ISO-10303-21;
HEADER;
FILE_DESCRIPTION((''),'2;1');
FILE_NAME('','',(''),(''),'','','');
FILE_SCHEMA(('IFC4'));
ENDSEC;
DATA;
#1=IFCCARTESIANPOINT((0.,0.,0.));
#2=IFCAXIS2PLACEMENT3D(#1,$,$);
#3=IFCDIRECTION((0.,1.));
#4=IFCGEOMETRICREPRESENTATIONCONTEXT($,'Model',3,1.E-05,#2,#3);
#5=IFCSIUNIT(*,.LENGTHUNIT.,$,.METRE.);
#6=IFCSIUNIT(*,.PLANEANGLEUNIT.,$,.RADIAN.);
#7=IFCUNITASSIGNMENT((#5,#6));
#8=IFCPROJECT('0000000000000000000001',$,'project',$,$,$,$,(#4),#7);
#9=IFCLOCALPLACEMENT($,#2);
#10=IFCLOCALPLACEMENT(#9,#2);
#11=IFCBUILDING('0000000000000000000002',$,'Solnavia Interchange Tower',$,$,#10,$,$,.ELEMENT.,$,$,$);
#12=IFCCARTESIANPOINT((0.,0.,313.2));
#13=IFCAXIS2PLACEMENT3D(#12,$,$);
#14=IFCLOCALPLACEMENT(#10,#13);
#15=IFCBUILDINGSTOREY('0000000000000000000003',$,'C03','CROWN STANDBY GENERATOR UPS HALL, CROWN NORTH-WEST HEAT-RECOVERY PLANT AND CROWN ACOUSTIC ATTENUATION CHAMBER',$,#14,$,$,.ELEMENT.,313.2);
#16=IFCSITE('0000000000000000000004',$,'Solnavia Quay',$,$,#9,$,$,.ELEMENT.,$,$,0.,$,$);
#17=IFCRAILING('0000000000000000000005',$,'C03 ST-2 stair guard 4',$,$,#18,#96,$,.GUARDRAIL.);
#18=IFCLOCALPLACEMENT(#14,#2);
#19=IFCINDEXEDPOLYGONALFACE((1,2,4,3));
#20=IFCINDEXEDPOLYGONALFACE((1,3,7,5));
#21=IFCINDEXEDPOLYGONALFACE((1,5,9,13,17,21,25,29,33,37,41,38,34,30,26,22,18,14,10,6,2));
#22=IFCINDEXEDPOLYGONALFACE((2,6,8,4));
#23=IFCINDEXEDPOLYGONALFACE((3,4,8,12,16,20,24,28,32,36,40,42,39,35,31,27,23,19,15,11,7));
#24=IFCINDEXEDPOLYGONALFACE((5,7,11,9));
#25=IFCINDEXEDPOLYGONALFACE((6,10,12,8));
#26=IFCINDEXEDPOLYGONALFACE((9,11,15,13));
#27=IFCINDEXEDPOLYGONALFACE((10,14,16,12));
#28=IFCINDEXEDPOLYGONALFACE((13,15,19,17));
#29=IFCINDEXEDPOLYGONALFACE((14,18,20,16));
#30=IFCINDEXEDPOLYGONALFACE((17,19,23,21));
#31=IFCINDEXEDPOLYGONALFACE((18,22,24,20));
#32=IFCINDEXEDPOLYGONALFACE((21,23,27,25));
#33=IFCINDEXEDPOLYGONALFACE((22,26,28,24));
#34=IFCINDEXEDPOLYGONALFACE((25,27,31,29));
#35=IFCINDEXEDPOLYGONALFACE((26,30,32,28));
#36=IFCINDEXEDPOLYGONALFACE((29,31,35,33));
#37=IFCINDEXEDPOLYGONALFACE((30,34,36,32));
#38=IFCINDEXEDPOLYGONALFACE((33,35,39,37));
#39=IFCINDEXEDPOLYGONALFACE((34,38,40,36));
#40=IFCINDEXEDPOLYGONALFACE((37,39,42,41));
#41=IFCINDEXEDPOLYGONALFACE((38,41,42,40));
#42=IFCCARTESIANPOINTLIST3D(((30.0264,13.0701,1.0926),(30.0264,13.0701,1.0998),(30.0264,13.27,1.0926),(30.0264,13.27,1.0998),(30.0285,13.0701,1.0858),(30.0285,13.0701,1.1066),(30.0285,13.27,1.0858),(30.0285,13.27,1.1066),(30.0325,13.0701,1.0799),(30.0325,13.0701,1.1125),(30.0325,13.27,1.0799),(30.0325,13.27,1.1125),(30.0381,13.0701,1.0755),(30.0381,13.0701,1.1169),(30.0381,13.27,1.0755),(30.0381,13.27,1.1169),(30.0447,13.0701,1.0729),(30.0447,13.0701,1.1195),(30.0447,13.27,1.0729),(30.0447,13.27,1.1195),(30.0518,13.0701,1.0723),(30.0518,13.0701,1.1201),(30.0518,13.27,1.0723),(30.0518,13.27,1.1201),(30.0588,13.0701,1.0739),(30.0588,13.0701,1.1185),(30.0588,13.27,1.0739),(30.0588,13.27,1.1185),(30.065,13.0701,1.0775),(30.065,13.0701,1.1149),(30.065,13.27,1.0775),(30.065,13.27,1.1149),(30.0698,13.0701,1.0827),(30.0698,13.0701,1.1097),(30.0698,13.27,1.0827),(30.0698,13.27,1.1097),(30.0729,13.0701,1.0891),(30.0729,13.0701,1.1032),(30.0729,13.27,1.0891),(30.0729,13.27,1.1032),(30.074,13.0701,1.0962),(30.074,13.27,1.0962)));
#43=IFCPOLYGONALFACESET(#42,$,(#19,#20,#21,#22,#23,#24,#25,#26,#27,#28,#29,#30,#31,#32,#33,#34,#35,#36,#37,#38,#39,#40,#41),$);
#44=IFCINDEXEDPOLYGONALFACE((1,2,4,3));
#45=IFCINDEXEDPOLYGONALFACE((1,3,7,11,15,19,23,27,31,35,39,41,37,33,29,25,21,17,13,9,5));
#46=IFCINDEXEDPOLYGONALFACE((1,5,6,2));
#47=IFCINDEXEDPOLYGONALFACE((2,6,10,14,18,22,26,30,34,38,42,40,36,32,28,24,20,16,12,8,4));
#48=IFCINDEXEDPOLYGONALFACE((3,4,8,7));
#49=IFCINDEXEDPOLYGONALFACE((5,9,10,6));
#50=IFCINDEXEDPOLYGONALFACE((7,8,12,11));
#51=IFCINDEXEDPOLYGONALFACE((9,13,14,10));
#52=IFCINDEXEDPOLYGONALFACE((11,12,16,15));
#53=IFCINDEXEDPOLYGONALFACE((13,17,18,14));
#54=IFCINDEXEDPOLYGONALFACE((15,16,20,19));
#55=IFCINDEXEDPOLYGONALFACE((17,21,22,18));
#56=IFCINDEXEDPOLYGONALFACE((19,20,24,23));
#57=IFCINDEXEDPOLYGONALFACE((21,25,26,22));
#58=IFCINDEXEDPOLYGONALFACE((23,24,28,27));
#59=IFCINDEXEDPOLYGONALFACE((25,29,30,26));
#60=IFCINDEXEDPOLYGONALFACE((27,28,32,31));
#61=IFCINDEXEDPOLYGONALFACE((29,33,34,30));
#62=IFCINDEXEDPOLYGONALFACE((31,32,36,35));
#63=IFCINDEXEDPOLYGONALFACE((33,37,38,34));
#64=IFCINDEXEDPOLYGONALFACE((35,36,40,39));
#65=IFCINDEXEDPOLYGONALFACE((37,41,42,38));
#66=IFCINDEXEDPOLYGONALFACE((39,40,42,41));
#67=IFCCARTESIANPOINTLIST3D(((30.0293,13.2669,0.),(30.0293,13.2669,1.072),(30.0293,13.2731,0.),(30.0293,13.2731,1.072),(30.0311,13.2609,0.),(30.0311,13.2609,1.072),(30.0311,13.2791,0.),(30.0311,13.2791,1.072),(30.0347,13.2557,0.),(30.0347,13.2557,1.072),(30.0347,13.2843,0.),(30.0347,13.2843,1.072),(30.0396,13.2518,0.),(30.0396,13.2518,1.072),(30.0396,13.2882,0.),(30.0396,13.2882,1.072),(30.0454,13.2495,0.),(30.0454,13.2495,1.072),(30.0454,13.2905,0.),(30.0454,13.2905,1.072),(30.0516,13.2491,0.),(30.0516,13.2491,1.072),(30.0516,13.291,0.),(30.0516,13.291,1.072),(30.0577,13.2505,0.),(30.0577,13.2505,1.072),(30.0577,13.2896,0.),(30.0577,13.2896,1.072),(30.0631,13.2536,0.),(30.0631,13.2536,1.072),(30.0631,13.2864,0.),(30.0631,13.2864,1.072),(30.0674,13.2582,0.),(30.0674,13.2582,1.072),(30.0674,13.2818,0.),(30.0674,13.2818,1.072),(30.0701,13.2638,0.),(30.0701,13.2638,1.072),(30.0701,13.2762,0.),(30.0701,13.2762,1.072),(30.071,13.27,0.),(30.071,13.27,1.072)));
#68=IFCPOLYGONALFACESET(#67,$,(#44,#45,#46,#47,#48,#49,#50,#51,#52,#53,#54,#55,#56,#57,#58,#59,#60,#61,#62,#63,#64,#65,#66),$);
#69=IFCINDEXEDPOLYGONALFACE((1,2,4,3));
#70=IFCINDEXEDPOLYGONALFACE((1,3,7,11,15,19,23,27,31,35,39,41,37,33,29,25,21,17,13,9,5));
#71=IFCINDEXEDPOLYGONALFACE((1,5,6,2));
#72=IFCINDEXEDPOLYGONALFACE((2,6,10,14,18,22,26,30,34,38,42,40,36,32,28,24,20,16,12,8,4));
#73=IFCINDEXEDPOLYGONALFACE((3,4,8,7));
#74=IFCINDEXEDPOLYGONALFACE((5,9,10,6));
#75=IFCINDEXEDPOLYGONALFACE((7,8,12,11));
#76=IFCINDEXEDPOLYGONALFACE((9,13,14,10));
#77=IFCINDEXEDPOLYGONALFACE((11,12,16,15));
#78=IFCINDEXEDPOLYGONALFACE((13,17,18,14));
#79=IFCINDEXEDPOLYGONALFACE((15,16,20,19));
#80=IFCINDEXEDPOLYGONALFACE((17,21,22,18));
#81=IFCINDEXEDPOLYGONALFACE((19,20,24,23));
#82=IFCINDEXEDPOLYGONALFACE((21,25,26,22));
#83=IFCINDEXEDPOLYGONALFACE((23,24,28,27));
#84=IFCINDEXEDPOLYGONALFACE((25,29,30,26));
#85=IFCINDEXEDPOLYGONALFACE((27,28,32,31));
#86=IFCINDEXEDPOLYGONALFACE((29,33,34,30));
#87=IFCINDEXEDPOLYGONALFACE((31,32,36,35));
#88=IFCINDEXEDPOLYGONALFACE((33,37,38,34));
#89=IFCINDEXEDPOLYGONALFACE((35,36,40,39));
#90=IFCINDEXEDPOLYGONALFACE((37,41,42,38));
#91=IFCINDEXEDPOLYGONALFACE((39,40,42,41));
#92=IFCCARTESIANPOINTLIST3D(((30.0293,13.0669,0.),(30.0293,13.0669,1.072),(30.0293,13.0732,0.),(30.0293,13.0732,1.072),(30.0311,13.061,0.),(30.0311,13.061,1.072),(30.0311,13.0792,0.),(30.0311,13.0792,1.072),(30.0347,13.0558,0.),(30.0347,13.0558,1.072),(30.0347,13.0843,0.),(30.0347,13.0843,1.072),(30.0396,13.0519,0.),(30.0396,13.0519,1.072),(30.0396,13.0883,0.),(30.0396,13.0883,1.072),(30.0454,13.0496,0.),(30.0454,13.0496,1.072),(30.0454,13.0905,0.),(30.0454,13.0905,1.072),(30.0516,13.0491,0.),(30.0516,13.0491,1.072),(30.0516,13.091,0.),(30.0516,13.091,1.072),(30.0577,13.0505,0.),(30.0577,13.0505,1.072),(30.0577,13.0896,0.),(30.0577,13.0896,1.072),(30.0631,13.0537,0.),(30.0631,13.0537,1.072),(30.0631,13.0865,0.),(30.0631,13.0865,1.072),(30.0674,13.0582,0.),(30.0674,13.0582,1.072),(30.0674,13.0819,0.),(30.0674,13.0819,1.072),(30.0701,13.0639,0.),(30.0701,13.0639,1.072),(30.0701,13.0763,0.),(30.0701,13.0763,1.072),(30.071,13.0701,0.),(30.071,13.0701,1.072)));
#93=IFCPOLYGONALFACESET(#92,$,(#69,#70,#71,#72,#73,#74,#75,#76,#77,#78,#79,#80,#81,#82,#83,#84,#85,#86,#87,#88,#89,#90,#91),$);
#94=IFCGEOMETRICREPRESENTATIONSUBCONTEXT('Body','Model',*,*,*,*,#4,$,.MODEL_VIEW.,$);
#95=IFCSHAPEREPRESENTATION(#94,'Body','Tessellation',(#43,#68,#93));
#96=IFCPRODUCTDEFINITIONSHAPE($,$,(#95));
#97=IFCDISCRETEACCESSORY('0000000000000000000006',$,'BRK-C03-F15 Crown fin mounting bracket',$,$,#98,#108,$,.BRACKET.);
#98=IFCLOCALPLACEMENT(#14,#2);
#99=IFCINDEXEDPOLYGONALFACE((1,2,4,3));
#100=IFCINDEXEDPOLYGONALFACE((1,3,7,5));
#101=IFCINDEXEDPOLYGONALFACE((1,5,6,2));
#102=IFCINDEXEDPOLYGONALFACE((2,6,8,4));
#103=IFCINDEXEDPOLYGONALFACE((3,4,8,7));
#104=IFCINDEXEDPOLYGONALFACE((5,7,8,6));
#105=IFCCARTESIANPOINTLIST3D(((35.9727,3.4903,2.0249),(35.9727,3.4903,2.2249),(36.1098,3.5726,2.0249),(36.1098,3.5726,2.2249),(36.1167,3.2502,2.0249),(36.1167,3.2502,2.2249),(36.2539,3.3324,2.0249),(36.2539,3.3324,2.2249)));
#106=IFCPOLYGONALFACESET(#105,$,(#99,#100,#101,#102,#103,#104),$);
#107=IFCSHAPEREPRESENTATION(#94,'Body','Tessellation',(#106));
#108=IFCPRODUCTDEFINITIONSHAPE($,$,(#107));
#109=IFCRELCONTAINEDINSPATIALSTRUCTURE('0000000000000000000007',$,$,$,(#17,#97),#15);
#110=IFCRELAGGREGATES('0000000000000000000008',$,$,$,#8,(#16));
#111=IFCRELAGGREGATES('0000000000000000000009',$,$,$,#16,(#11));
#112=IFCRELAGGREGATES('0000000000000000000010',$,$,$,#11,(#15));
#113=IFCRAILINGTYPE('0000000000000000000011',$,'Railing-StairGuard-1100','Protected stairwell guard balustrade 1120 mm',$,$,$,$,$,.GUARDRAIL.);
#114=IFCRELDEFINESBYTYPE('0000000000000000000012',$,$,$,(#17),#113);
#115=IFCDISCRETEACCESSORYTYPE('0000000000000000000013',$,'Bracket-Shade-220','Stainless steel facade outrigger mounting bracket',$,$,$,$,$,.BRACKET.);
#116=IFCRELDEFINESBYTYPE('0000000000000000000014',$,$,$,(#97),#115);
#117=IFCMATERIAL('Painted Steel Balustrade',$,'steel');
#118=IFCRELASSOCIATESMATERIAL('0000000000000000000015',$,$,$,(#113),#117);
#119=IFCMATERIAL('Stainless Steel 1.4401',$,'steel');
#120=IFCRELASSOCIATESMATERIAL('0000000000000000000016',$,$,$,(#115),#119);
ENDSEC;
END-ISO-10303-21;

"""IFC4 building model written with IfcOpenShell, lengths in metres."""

from ifc_helpers import new_model, si_unit, direction, frame, origin, origin_2d, place, context, subcontext, project, spatial, rectangle, circle, extrude, material, type_object, element, save


model = new_model("IFC4")

# Units and contexts
model_context = context("Model", 3, precision=1e-05, world=origin(), true_north=direction((0.0, 1.0)))
body_context = subcontext(model_context, "Body", "Model", "MODEL_VIEW")
ifc_project = project(units=[si_unit("LENGTHUNIT", "METRE"), si_unit("PLANEANGLEUNIT", "RADIAN")], contexts=[model_context])

# Site, building, storey
site_placement = place(None, origin())
site = spatial("IfcSite", under=ifc_project, at=site_placement, Name="Solnavia Quay", CompositionType="ELEMENT", RefElevation=0.0)
building_placement = place(site_placement, origin())
building = spatial("IfcBuilding", under=site, at=building_placement, Name="Solnavia Interchange Tower", CompositionType="ELEMENT")
storey_placement = place(building_placement, frame((0.0, 0.0, 313.2)))
storey = spatial("IfcBuildingStorey", under=building, at=storey_placement, Name="C03", Description="CROWN STANDBY GENERATOR UPS HALL, CROWN NORTH-WEST HEAT-RECOVERY PLANT AND CROWN ACOUSTIC ATTENUATION CHAMBER", CompositionType="ELEMENT", Elevation=313.2)

# Railing
ifc_material_1 = material(Name="Painted Steel Balustrade", Category="steel")
railing_type = type_object("IfcRailingType", Name="Railing-StairGuard-1100", Description="Protected stairwell guard balustrade 1120 mm", PredefinedType="GUARDRAIL", material=ifc_material_1)
railing_placement = place(storey_placement, frame((30.05, 13.27, 0.0)))
element("IfcRailing", 1, at=railing_placement, inside=storey, type_object=railing_type, Name="C03 ST-2 stair guard 4", PredefinedType="GUARDRAIL", context=body_context, shape_type="SweptSolid", body=[
    extrude(circle(Radius=0.0239, at=origin_2d()), frame((0.0, 0.0, 1.0962), z_axis=(0.0, -1.0, 0.0), x_axis=(1.0, 0.0, 0.0)), (0.0, 0.0, 1.0), 0.2),
    extrude(circle(Radius=0.021, at=origin_2d()), origin(), (0.0, 0.0, 1.0), 1.072),
    extrude(circle(Radius=0.021, at=origin_2d()), frame((0.0, -0.2, 0.0)), (0.0, 0.0, 1.0), 1.072),
])

# Discrete accessory
ifc_material_2 = material(Name="Stainless Steel 1.4401", Category="steel")
discrete_accessory_type = type_object("IfcDiscreteAccessoryType", Name="Bracket-Shade-220", Description="Stainless steel facade outrigger mounting bracket", PredefinedType="BRACKET", material=ifc_material_2)
discrete_accessory_placement = place(storey_placement, frame((36.1133, 3.4114, 2.0249), z_axis=(0.0, 0.0, 1.0), x_axis=(0.51444, -0.857527, 0.0)))
element("IfcDiscreteAccessory", 2, at=discrete_accessory_placement, inside=storey, type_object=discrete_accessory_type, Name="BRK-C03-F15 Crown fin mounting bracket", PredefinedType="BRACKET", context=body_context, shape_type="SweptSolid", body=[
    extrude(rectangle(XDim=0.28, YDim=0.1599, at=origin_2d()), origin(), (0.0, 0.0, 1.0), 0.2),
])

save(model, "model.ifc")
